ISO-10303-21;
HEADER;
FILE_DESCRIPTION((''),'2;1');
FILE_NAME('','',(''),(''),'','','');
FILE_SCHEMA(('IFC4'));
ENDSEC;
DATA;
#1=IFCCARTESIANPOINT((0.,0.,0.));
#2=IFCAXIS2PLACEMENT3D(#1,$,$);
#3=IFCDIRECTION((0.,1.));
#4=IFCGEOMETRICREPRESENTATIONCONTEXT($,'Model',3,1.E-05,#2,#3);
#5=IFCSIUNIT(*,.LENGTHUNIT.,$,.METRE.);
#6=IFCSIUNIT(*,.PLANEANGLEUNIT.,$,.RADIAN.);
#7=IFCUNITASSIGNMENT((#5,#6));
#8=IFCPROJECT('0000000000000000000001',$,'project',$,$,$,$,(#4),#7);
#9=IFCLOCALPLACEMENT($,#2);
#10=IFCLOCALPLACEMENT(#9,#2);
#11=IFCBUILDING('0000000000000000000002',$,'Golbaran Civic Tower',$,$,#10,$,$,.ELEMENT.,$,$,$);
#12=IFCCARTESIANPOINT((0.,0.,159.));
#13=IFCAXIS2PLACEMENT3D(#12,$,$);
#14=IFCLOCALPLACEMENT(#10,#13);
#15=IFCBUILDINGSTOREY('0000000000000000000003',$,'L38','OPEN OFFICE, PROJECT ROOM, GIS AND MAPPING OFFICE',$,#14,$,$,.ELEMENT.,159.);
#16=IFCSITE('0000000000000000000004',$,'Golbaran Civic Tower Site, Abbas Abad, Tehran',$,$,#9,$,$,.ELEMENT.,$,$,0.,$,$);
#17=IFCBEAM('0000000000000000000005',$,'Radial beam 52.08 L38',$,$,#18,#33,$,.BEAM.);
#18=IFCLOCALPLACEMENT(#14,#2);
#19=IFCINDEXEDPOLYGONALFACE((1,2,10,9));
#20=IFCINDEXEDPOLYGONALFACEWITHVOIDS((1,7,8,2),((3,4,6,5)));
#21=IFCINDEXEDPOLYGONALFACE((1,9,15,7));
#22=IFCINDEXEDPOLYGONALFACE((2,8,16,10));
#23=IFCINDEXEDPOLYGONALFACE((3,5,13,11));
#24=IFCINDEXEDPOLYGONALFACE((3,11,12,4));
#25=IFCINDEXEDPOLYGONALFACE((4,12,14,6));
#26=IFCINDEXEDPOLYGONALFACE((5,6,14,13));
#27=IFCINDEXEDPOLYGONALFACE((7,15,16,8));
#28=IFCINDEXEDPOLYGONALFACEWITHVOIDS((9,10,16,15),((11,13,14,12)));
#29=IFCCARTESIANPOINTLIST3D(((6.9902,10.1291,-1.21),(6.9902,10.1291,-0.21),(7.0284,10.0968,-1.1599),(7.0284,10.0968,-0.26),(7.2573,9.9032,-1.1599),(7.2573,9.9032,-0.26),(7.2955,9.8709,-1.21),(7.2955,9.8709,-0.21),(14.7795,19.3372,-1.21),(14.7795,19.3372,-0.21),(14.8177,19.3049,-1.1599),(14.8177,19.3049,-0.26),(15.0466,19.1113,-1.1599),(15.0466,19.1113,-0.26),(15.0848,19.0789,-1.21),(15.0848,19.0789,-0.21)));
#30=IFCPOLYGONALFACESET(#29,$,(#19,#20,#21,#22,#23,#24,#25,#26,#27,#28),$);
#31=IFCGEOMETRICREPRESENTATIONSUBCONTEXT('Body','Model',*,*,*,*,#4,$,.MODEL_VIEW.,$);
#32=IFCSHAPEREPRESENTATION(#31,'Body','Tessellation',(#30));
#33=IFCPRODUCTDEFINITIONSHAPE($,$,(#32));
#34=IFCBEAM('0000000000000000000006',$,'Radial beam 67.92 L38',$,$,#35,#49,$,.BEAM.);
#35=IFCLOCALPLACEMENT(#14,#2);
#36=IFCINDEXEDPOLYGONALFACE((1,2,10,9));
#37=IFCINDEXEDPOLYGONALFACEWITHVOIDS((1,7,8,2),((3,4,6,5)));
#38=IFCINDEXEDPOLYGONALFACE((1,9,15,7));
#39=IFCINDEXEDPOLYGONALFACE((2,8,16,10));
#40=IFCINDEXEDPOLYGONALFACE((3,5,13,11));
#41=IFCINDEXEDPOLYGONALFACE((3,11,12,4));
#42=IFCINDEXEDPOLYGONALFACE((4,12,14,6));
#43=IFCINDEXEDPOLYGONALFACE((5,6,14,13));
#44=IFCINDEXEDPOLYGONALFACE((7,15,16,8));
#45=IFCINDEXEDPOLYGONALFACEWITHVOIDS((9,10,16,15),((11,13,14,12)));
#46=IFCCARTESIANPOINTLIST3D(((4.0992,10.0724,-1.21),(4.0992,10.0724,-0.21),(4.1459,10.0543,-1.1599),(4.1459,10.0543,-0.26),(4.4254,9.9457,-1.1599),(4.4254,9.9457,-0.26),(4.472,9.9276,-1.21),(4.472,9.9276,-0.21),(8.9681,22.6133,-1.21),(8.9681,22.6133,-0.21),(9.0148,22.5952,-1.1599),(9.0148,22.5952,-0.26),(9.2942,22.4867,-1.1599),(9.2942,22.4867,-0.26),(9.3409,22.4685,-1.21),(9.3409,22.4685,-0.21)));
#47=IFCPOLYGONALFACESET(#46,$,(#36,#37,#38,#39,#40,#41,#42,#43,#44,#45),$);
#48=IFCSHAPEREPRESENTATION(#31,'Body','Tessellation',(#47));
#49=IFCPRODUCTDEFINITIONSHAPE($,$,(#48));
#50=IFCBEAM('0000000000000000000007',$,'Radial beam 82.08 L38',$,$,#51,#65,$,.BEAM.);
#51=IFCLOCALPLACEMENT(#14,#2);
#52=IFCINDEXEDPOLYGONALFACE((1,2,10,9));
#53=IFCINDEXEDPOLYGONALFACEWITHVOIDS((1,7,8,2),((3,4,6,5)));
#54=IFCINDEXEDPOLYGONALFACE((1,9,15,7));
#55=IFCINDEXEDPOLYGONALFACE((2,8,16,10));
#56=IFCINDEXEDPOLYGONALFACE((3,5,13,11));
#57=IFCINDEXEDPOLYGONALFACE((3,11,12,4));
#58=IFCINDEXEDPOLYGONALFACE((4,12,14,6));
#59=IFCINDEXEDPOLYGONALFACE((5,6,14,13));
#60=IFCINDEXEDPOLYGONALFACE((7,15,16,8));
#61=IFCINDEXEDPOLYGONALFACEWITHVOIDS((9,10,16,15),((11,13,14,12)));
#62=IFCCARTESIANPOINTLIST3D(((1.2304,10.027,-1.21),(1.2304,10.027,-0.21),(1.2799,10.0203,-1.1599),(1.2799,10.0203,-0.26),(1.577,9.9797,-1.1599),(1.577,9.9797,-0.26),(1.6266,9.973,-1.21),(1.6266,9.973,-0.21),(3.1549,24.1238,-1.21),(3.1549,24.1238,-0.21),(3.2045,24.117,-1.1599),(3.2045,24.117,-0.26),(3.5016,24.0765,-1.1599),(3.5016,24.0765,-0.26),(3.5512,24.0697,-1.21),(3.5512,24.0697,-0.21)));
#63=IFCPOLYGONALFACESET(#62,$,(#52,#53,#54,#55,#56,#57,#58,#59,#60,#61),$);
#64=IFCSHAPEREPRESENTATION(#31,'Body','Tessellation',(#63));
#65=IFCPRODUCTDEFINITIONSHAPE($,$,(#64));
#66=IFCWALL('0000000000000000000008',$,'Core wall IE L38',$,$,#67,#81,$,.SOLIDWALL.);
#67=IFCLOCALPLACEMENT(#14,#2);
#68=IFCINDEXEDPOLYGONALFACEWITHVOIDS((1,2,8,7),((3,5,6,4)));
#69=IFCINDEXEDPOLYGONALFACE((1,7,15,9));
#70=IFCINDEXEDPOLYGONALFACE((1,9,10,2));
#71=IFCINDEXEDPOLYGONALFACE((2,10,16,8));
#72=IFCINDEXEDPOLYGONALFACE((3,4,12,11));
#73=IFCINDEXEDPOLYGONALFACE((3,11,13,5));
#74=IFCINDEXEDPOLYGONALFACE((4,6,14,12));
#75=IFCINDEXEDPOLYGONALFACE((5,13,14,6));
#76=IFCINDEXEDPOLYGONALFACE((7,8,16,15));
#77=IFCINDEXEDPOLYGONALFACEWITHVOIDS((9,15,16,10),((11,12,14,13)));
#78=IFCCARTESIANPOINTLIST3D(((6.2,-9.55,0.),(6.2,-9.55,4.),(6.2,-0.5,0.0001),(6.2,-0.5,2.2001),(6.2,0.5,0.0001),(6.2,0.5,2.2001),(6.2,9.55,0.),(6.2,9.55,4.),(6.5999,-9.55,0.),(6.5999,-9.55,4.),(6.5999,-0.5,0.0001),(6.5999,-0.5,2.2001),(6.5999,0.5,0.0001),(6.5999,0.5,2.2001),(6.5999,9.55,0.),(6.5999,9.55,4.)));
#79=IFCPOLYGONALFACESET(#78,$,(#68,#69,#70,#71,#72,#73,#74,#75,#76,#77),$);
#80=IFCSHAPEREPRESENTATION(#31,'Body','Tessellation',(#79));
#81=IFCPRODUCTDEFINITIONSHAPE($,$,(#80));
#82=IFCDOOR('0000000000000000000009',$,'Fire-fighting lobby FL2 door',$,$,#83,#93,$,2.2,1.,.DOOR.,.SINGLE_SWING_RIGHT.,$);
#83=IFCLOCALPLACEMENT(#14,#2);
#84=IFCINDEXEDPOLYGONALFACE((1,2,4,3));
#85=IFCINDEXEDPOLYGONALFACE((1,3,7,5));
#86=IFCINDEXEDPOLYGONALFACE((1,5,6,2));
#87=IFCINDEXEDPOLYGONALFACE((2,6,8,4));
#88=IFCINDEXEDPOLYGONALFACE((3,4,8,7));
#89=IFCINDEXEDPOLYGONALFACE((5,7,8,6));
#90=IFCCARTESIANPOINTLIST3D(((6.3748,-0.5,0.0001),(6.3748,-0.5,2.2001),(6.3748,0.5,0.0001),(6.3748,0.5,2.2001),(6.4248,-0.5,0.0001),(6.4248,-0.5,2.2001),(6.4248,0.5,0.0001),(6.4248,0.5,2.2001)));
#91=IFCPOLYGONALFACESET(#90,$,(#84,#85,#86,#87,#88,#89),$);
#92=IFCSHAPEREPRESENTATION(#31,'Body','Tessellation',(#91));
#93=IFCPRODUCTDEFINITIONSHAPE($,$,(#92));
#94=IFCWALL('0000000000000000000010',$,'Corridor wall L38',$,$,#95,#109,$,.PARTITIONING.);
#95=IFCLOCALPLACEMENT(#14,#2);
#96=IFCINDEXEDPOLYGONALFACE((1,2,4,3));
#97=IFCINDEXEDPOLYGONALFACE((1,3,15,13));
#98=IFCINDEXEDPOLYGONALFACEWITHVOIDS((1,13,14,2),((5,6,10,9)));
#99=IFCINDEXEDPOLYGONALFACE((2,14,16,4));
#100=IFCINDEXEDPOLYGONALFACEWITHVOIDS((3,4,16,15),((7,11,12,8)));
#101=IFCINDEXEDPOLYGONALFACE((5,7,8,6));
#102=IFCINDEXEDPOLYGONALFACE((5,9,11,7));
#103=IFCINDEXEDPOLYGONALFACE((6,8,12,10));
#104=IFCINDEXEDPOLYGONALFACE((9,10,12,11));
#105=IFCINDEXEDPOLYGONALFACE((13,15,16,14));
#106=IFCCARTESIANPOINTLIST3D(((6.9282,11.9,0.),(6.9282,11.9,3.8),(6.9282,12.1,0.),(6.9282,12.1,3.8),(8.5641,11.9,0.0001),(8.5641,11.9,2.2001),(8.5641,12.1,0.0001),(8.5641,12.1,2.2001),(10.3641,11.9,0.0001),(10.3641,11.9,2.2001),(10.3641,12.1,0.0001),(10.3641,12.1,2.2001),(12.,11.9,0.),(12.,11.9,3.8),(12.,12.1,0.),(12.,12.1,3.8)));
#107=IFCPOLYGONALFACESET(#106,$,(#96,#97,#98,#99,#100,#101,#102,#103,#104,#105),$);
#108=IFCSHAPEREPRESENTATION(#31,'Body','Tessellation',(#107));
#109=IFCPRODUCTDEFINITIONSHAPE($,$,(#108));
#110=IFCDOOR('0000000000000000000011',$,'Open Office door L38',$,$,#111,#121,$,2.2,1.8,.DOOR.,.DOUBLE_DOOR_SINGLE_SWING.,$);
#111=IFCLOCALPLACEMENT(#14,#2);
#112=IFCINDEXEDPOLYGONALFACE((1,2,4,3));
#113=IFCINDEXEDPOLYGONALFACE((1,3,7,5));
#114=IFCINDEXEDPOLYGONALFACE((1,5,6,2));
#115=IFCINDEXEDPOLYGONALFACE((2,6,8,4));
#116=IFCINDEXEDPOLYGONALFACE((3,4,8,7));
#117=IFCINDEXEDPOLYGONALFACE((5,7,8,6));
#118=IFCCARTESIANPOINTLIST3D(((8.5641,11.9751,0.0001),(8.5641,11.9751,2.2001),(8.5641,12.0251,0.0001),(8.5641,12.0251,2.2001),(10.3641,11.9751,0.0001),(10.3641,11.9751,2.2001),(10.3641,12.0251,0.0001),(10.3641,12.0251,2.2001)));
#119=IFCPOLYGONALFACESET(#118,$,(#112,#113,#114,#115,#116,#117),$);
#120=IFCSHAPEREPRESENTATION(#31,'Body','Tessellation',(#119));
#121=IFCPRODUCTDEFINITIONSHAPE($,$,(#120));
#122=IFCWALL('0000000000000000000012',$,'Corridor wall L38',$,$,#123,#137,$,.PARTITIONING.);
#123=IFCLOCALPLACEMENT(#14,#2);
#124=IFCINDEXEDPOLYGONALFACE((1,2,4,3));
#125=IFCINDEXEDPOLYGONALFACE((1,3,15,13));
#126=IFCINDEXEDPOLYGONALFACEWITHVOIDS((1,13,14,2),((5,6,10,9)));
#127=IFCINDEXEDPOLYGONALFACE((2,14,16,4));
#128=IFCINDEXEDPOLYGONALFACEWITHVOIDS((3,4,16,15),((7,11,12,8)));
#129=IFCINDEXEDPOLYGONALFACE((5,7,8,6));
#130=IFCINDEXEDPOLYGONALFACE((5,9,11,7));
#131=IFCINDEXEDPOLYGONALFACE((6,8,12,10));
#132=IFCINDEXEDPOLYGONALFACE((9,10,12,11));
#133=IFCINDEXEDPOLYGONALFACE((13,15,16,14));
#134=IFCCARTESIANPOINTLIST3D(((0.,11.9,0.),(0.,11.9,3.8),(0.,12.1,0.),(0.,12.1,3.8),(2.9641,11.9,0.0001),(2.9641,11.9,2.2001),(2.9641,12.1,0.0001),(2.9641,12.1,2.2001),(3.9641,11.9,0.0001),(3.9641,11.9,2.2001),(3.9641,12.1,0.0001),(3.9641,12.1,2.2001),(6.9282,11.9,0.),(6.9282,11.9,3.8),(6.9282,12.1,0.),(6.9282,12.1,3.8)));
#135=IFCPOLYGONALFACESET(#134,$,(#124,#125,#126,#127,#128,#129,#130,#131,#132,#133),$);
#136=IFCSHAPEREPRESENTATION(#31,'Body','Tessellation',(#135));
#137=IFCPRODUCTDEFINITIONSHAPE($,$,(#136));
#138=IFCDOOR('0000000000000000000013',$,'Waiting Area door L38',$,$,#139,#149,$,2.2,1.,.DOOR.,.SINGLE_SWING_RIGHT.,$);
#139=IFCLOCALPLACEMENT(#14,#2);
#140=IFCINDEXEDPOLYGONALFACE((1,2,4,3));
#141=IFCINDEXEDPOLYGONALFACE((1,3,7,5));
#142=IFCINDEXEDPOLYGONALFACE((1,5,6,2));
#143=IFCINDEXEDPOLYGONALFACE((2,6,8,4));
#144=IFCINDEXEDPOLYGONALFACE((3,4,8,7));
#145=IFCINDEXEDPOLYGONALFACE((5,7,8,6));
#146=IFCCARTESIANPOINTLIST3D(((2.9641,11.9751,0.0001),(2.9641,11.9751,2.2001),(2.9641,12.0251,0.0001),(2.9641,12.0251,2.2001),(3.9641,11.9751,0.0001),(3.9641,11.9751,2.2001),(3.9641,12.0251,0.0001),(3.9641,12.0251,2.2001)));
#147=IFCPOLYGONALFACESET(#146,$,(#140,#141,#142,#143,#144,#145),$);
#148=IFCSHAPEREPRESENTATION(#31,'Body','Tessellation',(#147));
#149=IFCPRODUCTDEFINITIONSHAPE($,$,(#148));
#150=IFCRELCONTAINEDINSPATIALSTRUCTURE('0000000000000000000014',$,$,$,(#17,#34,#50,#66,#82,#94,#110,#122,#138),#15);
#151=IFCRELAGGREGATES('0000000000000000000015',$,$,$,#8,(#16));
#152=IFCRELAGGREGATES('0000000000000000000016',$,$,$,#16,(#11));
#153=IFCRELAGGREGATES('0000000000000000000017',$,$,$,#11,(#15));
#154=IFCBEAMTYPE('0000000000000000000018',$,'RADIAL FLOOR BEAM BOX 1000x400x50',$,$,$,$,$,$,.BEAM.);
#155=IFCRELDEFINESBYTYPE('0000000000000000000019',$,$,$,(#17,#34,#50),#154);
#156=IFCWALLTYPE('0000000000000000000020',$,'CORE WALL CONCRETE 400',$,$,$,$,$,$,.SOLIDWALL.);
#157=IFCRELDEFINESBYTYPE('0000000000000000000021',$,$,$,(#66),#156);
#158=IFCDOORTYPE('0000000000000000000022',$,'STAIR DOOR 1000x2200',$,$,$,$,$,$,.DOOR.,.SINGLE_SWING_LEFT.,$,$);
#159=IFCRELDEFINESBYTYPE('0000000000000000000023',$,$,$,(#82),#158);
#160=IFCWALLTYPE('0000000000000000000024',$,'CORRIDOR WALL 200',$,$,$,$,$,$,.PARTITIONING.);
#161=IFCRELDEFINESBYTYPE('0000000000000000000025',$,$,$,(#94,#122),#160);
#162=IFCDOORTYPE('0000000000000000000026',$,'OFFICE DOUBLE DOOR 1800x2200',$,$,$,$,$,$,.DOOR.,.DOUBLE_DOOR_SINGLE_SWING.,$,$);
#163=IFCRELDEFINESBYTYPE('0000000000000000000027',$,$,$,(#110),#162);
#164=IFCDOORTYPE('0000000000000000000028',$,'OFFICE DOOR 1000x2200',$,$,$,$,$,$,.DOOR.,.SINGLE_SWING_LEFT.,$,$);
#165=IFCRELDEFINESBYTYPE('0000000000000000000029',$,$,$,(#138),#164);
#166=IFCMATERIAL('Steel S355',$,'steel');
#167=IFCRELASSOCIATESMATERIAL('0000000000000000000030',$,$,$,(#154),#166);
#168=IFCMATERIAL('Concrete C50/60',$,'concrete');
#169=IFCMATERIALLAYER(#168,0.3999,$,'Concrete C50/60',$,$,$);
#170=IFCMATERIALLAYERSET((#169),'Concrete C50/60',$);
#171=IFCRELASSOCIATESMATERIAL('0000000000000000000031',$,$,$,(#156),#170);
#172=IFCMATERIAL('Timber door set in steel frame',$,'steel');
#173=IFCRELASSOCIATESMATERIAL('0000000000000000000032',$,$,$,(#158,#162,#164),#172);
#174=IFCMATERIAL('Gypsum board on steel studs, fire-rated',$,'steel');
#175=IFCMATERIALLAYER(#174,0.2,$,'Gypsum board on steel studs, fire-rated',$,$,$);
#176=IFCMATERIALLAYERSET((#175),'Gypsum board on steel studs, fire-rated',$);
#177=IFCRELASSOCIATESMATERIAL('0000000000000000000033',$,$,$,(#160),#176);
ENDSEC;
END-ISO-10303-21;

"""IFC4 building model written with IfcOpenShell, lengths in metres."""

from ifc_helpers import new_model, si_unit, direction, frame, frame_2d, origin, origin_2d, place, context, subcontext, project, spatial, rectangle, hollow_rectangle, extrude, material, layer, layer_set, material_profile, profile_set, type_object, element, fill, save


model = new_model("IFC4")

# Units and contexts
model_context = context("Model", 3, precision=1e-05, world=origin(), true_north=direction((0.0, 1.0)))
body_context = subcontext(model_context, "Body", "Model", "MODEL_VIEW")
ifc_project = project(units=[si_unit("LENGTHUNIT", "METRE"), si_unit("PLANEANGLEUNIT", "RADIAN")], contexts=[model_context])

# Site, building, storey
site_placement = place(None, origin())
site = spatial("IfcSite", under=ifc_project, at=site_placement, Name="Golbaran Civic Tower Site, Abbas Abad, Tehran", CompositionType="ELEMENT", RefElevation=0.0)
building_placement = place(site_placement, origin())
building = spatial("IfcBuilding", under=site, at=building_placement, Name="Golbaran Civic Tower", CompositionType="ELEMENT")
storey_placement = place(building_placement, frame((0.0, 0.0, 159.0)))
storey = spatial("IfcBuildingStorey", under=building, at=storey_placement, Name="L38", Description="OPEN OFFICE, PROJECT ROOM, GIS AND MAPPING OFFICE", CompositionType="ELEMENT", Elevation=159.0)

# Beams
ifc_material_1 = material(Name="Steel S355", Category="steel")
ifc_material_profile_1 = material_profile(ifc_material_1, hollow_rectangle(XDim=0.3999, YDim=1.0, WallThickness=0.05, at=origin_2d()), Name="BOX 1000x400x50")
ifc_profile_set_1 = profile_set([ifc_material_profile_1], Name="Steel S355")
beam_type_1 = type_object("IfcBeamType", Name="RADIAL FLOOR BEAM BOX 1000x400x50", PredefinedType="BEAM", material=ifc_profile_set_1)
beam_1_placement = place(storey_placement, frame((7.1428, 10.0, -0.71), z_axis=(0.645842, 0.763472, 0.0), x_axis=(-0.763472, 0.645842, 0.0)))
element("IfcBeam", 1, at=beam_1_placement, inside=storey, type_object=beam_type_1, Name="Radial beam 52.08 L38", PredefinedType="BEAM", context=body_context, shape_type="SweptSolid", body=[
    extrude(hollow_rectangle(XDim=0.3999, YDim=1.0, WallThickness=0.05, at=origin_2d()), origin(), (0.0, 0.0, 1.0), 12.0608),
])
beam_2_placement = place(storey_placement, frame((4.2856, 10.0, -0.71), z_axis=(0.361919, 0.93221, 0.0), x_axis=(-0.93221, 0.361919, 0.0)))
element("IfcBeam", 2, at=beam_2_placement, inside=storey, type_object=beam_type_1, Name="Radial beam 67.92 L38", PredefinedType="BEAM", context=body_context, shape_type="SweptSolid", body=[
    extrude(hollow_rectangle(XDim=0.3999, YDim=1.0, WallThickness=0.05, at=origin_2d()), origin(), (0.0, 0.0, 1.0), 13.4529),
])
beam_3_placement = place(storey_placement, frame((1.4285, 10.0, -0.71), z_axis=(0.135271, 0.990809, 0.0), x_axis=(-0.990809, 0.135271, 0.0)))
element("IfcBeam", 3, at=beam_3_placement, inside=storey, type_object=beam_type_1, Name="Radial beam 82.08 L38", PredefinedType="BEAM", context=body_context, shape_type="SweptSolid", body=[
    extrude(hollow_rectangle(XDim=0.3999, YDim=1.0, WallThickness=0.05, at=origin_2d()), origin(), (0.0, 0.0, 1.0), 14.2275),
])

# Walls, openings, doors
ifc_material_2 = material(Name="Concrete C50/60", Category="concrete")
ifc_layer_1 = layer(ifc_material_2, 0.3999, Name="Concrete C50/60")
ifc_layer_set_1 = layer_set([ifc_layer_1], Name="Concrete C50/60")
wall_type_1 = type_object("IfcWallType", Name="CORE WALL CONCRETE 400", PredefinedType="SOLIDWALL", material=ifc_layer_set_1)
wall_1_placement = place(storey_placement, frame((6.3999, 9.55, 0.0), z_axis=(0.0, 0.0, 1.0), x_axis=(0.0, -1.0, 0.0)))
wall_1 = element("IfcWall", 4, at=wall_1_placement, inside=storey, type_object=wall_type_1, Name="Core wall IE L38", PredefinedType="SOLIDWALL", context=body_context, shape_type="SweptSolid", body=[
    extrude(rectangle(XDim=19.1001, YDim=0.3999, at=frame_2d((9.55, 0.0))), origin(), (0.0, 0.0, 1.0), 4.0),
])
opening_1_placement = place(wall_1_placement, frame((9.05, 0.0, 0.0)))
opening_1 = element("IfcOpeningElement", 5, at=opening_1_placement, cuts=wall_1, PredefinedType="OPENING", context=body_context, shape_type="SweptSolid", body=[
    extrude(rectangle(XDim=1.0, YDim=2.2, at=frame_2d((0.5, 1.1001))), frame((0.0, 0.21, 0.0), z_axis=(0.0, -1.0, 0.0), x_axis=(1.0, 0.0, 0.0)), (0.0, 0.0, 1.0), 0.4199),
])
ifc_material_3 = material(Name="Timber door set in steel frame", Category="steel")
door_type_1 = type_object("IfcDoorType", Name="STAIR DOOR 1000x2200", OperationType="SINGLE_SWING_LEFT", PredefinedType="DOOR", material=ifc_material_3)
door_1_placement = place(opening_1_placement, origin())
door_1 = element("IfcDoor", 6, at=door_1_placement, inside=storey, type_object=door_type_1, Name="Fire-fighting lobby FL2 door", OperationType="SINGLE_SWING_RIGHT", OverallHeight=2.2, OverallWidth=1.0, PredefinedType="DOOR", context=body_context, shape_type="SweptSolid", body=[
    extrude(rectangle(XDim=1.0, YDim=2.2, at=frame_2d((0.5, 1.1001))), frame((0.0, 0.0249, 0.0), z_axis=(0.0, -1.0, 0.0), x_axis=(1.0, 0.0, 0.0)), (0.0, 0.0, 1.0), 0.05),
])
fill(opening_1, door_1)
ifc_material_4 = material(Name="Gypsum board on steel studs, fire-rated", Category="steel")
ifc_layer_2 = layer(ifc_material_4, 0.2, Name="Gypsum board on steel studs, fire-rated")
ifc_layer_set_2 = layer_set([ifc_layer_2], Name="Gypsum board on steel studs, fire-rated")
wall_type_2 = type_object("IfcWallType", Name="CORRIDOR WALL 200", PredefinedType="PARTITIONING", material=ifc_layer_set_2)
wall_2_placement = place(storey_placement, frame((12.0, 12.0, 0.0), z_axis=(0.0, 0.0, 1.0), x_axis=(-1.0, 0.0, 0.0)))
wall_2 = element("IfcWall", 7, at=wall_2_placement, inside=storey, type_object=wall_type_2, Name="Corridor wall L38", PredefinedType="PARTITIONING", context=body_context, shape_type="SweptSolid", body=[
    extrude(rectangle(XDim=5.0718, YDim=0.2, at=frame_2d((2.5359, 0.0))), origin(), (0.0, 0.0, 1.0), 3.8),
])
opening_2_placement = place(wall_2_placement, frame((1.636, 0.0, 0.0)))
opening_2 = element("IfcOpeningElement", 8, at=opening_2_placement, cuts=wall_2, PredefinedType="OPENING", context=body_context, shape_type="SweptSolid", body=[
    extrude(rectangle(XDim=1.8, YDim=2.2, at=frame_2d((0.8999, 1.1001))), frame((0.0, 0.1099, 0.0), z_axis=(0.0, -1.0, 0.0), x_axis=(1.0, 0.0, 0.0)), (0.0, 0.0, 1.0), 0.22),
])
door_type_2 = type_object("IfcDoorType", Name="OFFICE DOUBLE DOOR 1800x2200", OperationType="DOUBLE_DOOR_SINGLE_SWING", PredefinedType="DOOR", material=ifc_material_3)
door_2_placement = place(opening_2_placement, origin())
door_2 = element("IfcDoor", 9, at=door_2_placement, inside=storey, type_object=door_type_2, Name="Open Office door L38", OperationType="DOUBLE_DOOR_SINGLE_SWING", OverallHeight=2.2, OverallWidth=1.8, PredefinedType="DOOR", context=body_context, shape_type="SweptSolid", body=[
    extrude(rectangle(XDim=1.8, YDim=2.2, at=frame_2d((0.8999, 1.1001))), frame((0.0, 0.0249, 0.0), z_axis=(0.0, -1.0, 0.0), x_axis=(1.0, 0.0, 0.0)), (0.0, 0.0, 1.0), 0.05),
])
fill(opening_2, door_2)
wall_3_placement = place(storey_placement, frame((6.9282, 12.0, 0.0), z_axis=(0.0, 0.0, 1.0), x_axis=(-1.0, 0.0, 0.0)))
wall_3 = element("IfcWall", 10, at=wall_3_placement, inside=storey, type_object=wall_type_2, Name="Corridor wall L38", PredefinedType="PARTITIONING", context=body_context, shape_type="SweptSolid", body=[
    extrude(rectangle(XDim=6.9282, YDim=0.2, at=frame_2d((3.4641, 0.0))), origin(), (0.0, 0.0, 1.0), 3.8),
])
opening_3_placement = place(wall_3_placement, frame((2.9641, 0.0, 0.0)))
opening_3 = element("IfcOpeningElement", 11, at=opening_3_placement, cuts=wall_3, PredefinedType="OPENING", context=body_context, shape_type="SweptSolid", body=[
    extrude(rectangle(XDim=1.0, YDim=2.2, at=frame_2d((0.5, 1.1001))), frame((0.0, 0.1099, 0.0), z_axis=(0.0, -1.0, 0.0), x_axis=(1.0, 0.0, 0.0)), (0.0, 0.0, 1.0), 0.22),
])
door_type_3 = type_object("IfcDoorType", Name="OFFICE DOOR 1000x2200", OperationType="SINGLE_SWING_LEFT", PredefinedType="DOOR", material=ifc_material_3)
door_3_placement = place(opening_3_placement, origin())
door_3 = element("IfcDoor", 12, at=door_3_placement, inside=storey, type_object=door_type_3, Name="Waiting Area door L38", OperationType="SINGLE_SWING_RIGHT", OverallHeight=2.2, OverallWidth=1.0, PredefinedType="DOOR", context=body_context, shape_type="SweptSolid", body=[
    extrude(rectangle(XDim=1.0, YDim=2.2, at=frame_2d((0.5, 1.1001))), frame((0.0, 0.0249, 0.0), z_axis=(0.0, -1.0, 0.0), x_axis=(1.0, 0.0, 0.0)), (0.0, 0.0, 1.0), 0.05),
])
fill(opening_3, door_3)

save(model, "model.ifc")
